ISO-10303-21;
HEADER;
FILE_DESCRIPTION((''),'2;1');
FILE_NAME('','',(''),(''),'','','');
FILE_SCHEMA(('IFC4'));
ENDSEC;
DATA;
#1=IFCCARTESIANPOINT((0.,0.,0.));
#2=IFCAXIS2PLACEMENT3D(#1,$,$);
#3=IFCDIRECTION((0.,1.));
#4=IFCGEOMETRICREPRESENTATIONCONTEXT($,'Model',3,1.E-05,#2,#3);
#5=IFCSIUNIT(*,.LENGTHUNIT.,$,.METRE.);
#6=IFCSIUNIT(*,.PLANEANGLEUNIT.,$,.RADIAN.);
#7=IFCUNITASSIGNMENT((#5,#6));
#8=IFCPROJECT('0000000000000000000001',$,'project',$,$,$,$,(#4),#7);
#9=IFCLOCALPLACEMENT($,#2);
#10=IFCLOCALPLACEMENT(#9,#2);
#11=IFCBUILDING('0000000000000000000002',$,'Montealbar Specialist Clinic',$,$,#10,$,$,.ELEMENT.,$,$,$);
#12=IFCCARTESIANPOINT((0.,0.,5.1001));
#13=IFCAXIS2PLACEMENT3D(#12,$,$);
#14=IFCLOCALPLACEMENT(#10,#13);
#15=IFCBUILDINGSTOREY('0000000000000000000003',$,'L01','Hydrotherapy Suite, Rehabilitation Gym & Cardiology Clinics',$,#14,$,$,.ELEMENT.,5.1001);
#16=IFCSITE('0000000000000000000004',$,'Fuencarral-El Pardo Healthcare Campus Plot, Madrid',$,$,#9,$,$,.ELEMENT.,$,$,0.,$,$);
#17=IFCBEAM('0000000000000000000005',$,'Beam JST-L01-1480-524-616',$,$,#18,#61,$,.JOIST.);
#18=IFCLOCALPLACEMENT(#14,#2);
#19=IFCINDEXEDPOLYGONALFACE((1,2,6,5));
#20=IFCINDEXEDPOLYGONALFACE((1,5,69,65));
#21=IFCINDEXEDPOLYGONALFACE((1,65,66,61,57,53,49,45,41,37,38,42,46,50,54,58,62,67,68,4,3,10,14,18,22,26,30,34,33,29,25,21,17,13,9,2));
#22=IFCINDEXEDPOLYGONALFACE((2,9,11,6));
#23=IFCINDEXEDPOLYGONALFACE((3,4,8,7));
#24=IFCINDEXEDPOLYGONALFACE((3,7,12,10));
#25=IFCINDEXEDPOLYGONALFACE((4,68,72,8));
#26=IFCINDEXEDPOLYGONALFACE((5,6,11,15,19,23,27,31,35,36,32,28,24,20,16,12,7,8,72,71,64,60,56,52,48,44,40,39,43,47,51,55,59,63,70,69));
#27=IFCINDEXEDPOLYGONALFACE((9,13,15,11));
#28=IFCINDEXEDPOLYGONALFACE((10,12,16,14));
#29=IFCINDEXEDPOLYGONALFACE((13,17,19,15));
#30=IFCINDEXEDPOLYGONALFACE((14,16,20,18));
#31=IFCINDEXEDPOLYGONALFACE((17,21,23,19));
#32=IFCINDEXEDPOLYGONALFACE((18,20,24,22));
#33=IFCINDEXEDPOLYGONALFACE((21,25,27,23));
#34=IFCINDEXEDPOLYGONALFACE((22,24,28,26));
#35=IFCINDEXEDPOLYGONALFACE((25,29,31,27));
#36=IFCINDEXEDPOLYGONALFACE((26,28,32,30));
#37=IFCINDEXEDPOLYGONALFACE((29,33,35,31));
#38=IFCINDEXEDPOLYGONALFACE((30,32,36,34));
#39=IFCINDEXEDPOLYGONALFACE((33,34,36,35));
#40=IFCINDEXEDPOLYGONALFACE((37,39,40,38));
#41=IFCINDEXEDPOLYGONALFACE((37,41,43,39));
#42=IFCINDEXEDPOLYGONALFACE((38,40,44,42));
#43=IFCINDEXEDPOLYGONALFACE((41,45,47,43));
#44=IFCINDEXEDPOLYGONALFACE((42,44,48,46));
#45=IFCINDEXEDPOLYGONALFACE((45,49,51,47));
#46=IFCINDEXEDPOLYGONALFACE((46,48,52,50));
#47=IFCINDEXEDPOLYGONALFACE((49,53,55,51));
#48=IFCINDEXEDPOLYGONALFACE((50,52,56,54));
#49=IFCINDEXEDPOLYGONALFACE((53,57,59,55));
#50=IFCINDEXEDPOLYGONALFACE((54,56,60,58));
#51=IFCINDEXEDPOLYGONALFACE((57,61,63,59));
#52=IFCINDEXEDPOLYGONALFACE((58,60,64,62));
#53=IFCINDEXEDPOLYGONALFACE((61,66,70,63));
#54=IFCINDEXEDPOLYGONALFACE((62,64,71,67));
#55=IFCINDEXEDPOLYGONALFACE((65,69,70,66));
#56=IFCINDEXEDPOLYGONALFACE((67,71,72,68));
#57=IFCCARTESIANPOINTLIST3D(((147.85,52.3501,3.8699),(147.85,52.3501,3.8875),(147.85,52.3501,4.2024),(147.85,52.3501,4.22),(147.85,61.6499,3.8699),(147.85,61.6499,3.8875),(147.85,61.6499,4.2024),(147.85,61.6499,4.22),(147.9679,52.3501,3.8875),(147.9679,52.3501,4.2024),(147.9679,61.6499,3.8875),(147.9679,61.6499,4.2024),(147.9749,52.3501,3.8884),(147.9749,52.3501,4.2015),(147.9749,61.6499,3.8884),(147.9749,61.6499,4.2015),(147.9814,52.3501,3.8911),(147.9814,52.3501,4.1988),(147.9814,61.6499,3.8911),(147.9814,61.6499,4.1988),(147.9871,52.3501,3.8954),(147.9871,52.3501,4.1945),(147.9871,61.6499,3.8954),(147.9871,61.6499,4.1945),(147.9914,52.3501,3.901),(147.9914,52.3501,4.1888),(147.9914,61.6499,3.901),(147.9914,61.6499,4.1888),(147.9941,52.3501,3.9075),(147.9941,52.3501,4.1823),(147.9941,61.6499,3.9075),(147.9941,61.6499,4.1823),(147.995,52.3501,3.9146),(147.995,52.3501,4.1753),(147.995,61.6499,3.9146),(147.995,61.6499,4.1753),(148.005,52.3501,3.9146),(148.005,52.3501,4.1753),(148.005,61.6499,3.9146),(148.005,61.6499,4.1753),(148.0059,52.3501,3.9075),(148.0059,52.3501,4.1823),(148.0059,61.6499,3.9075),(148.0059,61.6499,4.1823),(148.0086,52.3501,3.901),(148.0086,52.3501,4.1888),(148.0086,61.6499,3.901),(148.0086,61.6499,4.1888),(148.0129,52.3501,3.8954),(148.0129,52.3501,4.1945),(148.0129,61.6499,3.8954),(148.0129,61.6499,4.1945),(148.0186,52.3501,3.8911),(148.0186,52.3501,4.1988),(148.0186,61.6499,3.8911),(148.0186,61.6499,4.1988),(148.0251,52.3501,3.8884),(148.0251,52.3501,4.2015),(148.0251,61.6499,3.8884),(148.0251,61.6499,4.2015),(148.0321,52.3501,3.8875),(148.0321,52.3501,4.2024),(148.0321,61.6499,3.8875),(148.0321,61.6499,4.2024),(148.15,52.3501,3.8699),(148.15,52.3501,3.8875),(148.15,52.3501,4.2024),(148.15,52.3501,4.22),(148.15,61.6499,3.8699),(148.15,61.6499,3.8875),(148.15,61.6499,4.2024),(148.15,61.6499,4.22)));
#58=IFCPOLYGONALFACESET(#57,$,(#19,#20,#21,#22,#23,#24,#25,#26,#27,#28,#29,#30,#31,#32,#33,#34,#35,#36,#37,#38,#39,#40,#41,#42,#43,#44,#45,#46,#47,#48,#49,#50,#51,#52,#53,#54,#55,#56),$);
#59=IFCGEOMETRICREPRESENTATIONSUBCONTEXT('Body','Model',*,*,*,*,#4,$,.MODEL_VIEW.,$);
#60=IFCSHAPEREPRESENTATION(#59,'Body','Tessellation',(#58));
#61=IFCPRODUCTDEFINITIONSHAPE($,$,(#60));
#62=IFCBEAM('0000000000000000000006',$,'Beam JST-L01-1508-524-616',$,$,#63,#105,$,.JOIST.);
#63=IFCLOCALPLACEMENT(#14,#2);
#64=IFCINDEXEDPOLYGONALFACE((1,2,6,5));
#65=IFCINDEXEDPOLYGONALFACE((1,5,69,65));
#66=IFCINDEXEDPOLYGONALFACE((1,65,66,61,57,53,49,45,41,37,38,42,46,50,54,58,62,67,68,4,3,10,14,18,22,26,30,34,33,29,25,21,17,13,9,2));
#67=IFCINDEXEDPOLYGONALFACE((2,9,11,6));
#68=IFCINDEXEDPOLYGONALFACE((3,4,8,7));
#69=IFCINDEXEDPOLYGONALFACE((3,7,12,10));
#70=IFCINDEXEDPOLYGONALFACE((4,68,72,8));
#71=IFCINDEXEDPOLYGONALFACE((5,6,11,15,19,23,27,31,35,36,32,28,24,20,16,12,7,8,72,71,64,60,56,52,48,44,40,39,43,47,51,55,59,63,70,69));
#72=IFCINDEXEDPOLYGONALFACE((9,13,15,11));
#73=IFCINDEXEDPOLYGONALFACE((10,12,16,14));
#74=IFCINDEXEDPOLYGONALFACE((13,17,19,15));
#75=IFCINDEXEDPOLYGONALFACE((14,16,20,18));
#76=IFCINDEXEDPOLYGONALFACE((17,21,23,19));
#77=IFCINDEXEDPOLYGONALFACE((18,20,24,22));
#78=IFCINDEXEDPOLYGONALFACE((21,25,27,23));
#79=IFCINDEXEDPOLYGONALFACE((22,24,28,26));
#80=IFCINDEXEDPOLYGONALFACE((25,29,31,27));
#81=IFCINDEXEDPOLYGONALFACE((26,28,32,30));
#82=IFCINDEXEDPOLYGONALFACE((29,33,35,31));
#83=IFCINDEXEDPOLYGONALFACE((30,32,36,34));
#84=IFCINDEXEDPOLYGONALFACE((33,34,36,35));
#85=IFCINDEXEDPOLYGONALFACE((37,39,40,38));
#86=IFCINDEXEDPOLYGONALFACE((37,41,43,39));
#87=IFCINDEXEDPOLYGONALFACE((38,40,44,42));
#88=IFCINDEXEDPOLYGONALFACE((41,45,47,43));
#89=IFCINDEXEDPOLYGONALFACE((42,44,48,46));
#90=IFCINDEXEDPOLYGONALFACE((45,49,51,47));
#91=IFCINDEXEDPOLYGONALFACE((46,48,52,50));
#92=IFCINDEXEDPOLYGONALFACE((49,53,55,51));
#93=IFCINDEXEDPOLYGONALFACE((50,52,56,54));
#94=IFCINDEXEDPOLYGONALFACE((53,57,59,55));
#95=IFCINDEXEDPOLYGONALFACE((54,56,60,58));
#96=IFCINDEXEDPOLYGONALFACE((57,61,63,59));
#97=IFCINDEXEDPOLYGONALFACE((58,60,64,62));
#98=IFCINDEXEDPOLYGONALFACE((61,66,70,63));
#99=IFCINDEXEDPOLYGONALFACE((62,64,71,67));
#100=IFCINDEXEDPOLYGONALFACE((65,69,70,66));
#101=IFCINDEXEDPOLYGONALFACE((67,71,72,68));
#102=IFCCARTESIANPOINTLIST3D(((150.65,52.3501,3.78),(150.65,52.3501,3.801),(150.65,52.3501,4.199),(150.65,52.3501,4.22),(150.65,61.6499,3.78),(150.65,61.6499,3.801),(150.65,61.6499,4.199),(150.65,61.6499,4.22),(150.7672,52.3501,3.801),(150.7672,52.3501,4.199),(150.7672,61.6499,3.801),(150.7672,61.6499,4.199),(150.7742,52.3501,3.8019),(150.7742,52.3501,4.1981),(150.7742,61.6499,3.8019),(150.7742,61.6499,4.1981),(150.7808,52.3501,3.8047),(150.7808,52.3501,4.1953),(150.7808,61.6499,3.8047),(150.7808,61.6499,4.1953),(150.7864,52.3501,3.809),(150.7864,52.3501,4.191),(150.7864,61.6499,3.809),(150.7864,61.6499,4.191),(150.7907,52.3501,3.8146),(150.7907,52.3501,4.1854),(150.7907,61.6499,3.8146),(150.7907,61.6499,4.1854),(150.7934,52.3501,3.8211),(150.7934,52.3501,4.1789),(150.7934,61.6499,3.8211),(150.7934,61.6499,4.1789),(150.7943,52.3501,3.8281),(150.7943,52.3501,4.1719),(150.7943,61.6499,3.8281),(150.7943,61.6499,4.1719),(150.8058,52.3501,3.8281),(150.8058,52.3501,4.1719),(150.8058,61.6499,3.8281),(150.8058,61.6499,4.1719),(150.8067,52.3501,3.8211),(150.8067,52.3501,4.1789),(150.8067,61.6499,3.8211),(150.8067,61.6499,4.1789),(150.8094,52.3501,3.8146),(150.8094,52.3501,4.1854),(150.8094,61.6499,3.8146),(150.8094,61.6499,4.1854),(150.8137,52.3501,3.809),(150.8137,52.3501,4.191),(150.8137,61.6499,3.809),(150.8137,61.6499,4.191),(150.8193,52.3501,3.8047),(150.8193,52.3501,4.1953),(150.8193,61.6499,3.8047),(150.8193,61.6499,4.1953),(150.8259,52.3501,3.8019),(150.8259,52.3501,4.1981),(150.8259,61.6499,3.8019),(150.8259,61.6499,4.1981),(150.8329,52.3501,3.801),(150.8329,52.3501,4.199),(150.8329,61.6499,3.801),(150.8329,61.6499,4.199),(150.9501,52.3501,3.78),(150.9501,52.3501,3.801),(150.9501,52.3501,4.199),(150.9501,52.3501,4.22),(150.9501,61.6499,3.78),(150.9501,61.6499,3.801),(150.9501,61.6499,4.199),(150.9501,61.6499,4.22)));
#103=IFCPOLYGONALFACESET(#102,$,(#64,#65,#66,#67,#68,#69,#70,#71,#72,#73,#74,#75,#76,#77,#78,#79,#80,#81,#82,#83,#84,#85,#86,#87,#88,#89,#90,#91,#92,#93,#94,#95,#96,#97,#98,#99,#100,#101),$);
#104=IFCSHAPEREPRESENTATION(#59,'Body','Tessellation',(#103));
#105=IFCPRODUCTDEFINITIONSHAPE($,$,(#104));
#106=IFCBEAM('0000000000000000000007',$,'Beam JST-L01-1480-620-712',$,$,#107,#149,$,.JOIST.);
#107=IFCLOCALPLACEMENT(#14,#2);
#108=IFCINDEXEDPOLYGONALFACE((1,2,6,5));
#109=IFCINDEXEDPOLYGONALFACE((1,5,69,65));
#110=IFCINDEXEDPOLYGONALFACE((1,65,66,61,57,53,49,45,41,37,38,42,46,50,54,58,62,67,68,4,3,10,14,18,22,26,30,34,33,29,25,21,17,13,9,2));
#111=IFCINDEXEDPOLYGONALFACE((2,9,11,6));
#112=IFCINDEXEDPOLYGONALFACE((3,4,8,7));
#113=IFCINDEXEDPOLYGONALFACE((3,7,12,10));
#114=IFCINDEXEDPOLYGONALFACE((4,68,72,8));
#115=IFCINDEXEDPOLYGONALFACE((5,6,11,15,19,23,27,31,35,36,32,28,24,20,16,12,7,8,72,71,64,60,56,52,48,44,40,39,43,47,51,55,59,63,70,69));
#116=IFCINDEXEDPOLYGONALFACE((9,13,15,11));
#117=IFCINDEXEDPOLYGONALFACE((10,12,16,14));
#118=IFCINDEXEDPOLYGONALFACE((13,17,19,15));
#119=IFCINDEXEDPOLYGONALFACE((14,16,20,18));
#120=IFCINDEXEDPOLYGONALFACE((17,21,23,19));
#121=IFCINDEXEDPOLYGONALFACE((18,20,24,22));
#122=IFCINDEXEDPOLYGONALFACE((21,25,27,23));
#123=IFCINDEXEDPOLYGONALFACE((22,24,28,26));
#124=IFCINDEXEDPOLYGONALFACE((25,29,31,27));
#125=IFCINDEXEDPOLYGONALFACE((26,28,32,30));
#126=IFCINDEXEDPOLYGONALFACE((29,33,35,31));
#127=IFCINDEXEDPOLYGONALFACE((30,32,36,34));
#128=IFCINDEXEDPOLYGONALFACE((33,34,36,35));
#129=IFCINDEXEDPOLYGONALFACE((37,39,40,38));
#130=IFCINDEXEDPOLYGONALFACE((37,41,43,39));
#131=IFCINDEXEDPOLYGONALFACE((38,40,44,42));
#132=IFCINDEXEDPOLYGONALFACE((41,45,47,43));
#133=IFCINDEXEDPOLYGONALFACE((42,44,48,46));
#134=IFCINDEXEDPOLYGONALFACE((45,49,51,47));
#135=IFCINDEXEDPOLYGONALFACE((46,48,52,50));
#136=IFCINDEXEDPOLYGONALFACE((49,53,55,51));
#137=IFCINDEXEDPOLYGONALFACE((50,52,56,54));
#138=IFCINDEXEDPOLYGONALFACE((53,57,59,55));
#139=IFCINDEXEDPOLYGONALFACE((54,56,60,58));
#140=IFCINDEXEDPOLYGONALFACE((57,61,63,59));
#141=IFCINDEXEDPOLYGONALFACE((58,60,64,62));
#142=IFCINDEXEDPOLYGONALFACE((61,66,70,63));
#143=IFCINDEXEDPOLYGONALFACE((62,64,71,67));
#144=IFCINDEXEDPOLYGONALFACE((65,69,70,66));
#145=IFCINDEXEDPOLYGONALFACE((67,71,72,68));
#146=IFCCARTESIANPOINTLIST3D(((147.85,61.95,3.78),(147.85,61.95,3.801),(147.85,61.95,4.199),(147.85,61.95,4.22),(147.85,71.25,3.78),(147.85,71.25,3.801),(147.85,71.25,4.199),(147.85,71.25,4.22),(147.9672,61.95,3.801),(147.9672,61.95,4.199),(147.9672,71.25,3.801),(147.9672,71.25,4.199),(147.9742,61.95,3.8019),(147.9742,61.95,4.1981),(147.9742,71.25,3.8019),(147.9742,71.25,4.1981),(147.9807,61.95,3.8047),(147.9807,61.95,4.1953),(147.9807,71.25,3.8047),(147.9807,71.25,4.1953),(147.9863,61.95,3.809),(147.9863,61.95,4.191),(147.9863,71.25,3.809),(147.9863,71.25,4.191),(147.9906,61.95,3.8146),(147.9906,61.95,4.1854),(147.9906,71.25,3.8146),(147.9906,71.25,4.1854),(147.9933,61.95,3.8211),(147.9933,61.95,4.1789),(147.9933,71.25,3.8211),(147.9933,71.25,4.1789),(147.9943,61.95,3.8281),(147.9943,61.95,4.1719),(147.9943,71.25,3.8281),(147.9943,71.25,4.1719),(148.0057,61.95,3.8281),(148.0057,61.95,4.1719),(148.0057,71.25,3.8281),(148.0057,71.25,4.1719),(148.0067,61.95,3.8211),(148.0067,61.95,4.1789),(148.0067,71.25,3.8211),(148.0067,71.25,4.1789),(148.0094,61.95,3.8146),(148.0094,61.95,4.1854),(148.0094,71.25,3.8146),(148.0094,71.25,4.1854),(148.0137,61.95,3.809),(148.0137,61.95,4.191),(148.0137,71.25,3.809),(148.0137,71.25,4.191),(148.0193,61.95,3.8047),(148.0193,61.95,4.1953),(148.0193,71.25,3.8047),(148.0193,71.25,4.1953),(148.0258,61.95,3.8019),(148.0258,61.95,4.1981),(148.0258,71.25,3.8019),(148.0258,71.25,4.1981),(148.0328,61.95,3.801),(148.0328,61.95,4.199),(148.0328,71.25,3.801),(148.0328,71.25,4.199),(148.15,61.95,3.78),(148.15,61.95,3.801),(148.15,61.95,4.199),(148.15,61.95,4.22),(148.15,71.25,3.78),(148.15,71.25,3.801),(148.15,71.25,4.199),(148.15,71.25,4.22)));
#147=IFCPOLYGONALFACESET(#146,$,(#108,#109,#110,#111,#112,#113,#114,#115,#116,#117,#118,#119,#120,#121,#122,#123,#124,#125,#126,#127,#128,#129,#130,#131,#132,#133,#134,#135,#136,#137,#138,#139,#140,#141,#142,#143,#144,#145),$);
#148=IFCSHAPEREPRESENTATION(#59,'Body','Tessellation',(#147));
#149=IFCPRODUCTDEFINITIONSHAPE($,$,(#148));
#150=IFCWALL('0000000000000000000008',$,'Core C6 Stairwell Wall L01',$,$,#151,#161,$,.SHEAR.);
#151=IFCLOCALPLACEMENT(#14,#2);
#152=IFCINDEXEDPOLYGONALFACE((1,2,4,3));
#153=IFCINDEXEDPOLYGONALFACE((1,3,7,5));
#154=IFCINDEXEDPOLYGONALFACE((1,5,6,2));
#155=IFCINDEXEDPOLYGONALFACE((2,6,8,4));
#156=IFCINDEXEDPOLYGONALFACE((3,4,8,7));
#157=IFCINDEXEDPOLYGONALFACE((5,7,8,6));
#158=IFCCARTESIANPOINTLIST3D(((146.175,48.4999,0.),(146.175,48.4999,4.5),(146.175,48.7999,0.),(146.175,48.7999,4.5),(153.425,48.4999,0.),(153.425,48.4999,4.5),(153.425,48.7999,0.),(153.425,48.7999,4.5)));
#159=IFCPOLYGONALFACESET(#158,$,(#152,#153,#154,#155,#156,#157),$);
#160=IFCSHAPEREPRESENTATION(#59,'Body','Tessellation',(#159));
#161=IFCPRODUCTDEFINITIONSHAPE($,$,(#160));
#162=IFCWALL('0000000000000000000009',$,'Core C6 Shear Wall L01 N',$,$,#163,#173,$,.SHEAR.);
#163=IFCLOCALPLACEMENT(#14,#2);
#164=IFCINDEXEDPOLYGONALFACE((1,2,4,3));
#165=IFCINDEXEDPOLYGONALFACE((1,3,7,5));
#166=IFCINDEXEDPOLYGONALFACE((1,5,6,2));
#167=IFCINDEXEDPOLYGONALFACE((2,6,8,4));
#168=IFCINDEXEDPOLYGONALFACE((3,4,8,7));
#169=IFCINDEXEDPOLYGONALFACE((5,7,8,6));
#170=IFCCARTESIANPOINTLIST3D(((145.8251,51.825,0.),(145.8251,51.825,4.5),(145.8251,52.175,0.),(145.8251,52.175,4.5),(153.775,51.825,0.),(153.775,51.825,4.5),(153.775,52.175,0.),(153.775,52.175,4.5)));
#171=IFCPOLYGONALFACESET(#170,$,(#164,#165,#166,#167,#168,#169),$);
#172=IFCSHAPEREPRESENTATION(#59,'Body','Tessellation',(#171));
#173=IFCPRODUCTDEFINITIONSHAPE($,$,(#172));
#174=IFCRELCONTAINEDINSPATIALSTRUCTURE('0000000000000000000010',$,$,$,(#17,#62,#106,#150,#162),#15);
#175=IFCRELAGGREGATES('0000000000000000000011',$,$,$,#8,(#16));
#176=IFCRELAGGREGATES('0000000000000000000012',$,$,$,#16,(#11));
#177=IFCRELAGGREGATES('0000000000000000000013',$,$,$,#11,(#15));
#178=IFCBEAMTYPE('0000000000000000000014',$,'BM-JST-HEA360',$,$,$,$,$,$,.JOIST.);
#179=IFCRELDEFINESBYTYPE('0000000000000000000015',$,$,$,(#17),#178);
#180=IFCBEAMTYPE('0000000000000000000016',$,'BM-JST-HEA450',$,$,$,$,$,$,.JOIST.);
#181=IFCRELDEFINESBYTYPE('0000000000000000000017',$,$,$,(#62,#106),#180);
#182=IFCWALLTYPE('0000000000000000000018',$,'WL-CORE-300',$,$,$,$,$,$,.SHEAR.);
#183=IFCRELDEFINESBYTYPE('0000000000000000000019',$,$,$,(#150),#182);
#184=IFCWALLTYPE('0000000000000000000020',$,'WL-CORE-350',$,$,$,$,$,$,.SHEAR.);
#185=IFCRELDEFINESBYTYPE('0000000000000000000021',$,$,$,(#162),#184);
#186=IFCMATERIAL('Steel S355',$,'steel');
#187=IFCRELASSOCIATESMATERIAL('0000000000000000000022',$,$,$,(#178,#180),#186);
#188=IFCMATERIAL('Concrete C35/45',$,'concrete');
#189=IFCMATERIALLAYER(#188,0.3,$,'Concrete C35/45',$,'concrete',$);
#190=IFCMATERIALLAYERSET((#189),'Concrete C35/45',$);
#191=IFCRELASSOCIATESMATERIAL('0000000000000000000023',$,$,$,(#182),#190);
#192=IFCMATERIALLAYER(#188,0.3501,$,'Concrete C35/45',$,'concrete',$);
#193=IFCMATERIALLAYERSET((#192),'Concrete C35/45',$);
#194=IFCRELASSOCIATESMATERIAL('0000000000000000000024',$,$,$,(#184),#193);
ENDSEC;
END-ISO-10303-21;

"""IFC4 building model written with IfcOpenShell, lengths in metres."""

from ifc_helpers import new_model, si_unit, direction, frame, frame_2d, origin, origin_2d, place, context, subcontext, project, spatial, rectangle, i_section, extrude, material, layer, layer_set, material_profile, profile_set, type_object, element, save


model = new_model("IFC4")

# Units and contexts
model_context = context("Model", 3, precision=1e-05, world=origin(), true_north=direction((0.0, 1.0)))
body_context = subcontext(model_context, "Body", "Model", "MODEL_VIEW")
ifc_project = project(units=[si_unit("LENGTHUNIT", "METRE"), si_unit("PLANEANGLEUNIT", "RADIAN")], contexts=[model_context])

# Site, building, storey
site_placement = place(None, origin())
site = spatial("IfcSite", under=ifc_project, at=site_placement, Name="Fuencarral-El Pardo Healthcare Campus Plot, Madrid", CompositionType="ELEMENT", RefElevation=0.0)
building_placement = place(site_placement, origin())
building = spatial("IfcBuilding", under=site, at=building_placement, Name="Montealbar Specialist Clinic", CompositionType="ELEMENT")
storey_placement = place(building_placement, frame((0.0, 0.0, 5.1001)))
storey = spatial("IfcBuildingStorey", under=building, at=storey_placement, Name="L01", Description="Hydrotherapy Suite, Rehabilitation Gym & Cardiology Clinics", CompositionType="ELEMENT", Elevation=5.1001)

# Shared definitions
ifc_material_1 = material(Name="Steel S355", Category="steel")

# Beams
ifc_material_profile_1 = material_profile(ifc_material_1, i_section(OverallWidth=0.3, OverallDepth=0.3501, WebThickness=0.01, FlangeThickness=0.0176, FilletRadius=0.0271, at=origin_2d()), Name="HEA 360", Category="steel")
ifc_profile_set_1 = profile_set([ifc_material_profile_1], Name="Steel S355")
beam_type_1 = type_object("IfcBeamType", Name="BM-JST-HEA360", PredefinedType="JOIST", material=ifc_profile_set_1)
beam_1_placement = place(storey_placement, frame((148.0, 52.3501, 4.0449), z_axis=(0.0, 1.0, 0.0), x_axis=(-1.0, 0.0, 0.0)))
element("IfcBeam", 1, at=beam_1_placement, inside=storey, type_object=beam_type_1, Name="Beam JST-L01-1480-524-616", PredefinedType="JOIST", context=body_context, shape_type="SweptSolid", body=[
    extrude(i_section(OverallWidth=0.3, OverallDepth=0.3501, WebThickness=0.01, FlangeThickness=0.0176, FilletRadius=0.0271, at=origin_2d()), origin(), (0.0, 0.0, 1.0), 9.2998),
])
ifc_material_profile_2 = material_profile(ifc_material_1, i_section(OverallWidth=0.3, OverallDepth=0.4399, WebThickness=0.0115, FlangeThickness=0.021, FilletRadius=0.0271, at=origin_2d()), Name="HEA 450", Category="steel")
ifc_profile_set_2 = profile_set([ifc_material_profile_2], Name="Steel S355")
beam_type_2 = type_object("IfcBeamType", Name="BM-JST-HEA450", PredefinedType="JOIST", material=ifc_profile_set_2)
beam_2_placement = place(storey_placement, frame((150.8, 52.3501, 4.0), z_axis=(0.0, 1.0, 0.0), x_axis=(-1.0, 0.0, 0.0)))
element("IfcBeam", 2, at=beam_2_placement, inside=storey, type_object=beam_type_2, Name="Beam JST-L01-1508-524-616", PredefinedType="JOIST", context=body_context, shape_type="SweptSolid", body=[
    extrude(i_section(OverallWidth=0.3, OverallDepth=0.4399, WebThickness=0.0115, FlangeThickness=0.021, FilletRadius=0.0271, at=origin_2d()), origin(), (0.0, 0.0, 1.0), 9.2998),
])
beam_3_placement = place(storey_placement, frame((148.0, 61.95, 4.0), z_axis=(0.0, 1.0, 0.0), x_axis=(-1.0, 0.0, 0.0)))
element("IfcBeam", 3, at=beam_3_placement, inside=storey, type_object=beam_type_2, Name="Beam JST-L01-1480-620-712", PredefinedType="JOIST", context=body_context, shape_type="SweptSolid", body=[
    extrude(i_section(OverallWidth=0.3, OverallDepth=0.4399, WebThickness=0.0115, FlangeThickness=0.021, FilletRadius=0.0271, at=origin_2d()), origin(), (0.0, 0.0, 1.0), 9.3),
])

# Wall
ifc_material_2 = material(Name="Concrete C35/45", Category="concrete")
ifc_layer_1 = layer(ifc_material_2, 0.3, Name="Concrete C35/45", Category="concrete")
ifc_layer_set_1 = layer_set([ifc_layer_1], Name="Concrete C35/45")
wall_type_1 = type_object("IfcWallType", Name="WL-CORE-300", PredefinedType="SHEAR", material=ifc_layer_set_1)
wall_1_placement = place(storey_placement, frame((146.175, 48.6499, 0.0), z_axis=(0.0, 0.0, 1.0), x_axis=(1.0, 0.0, 0.0)))
element("IfcWall", 4, at=wall_1_placement, inside=storey, type_object=wall_type_1, Name="Core C6 Stairwell Wall L01", PredefinedType="SHEAR", context=body_context, shape_type="SweptSolid", body=[
    extrude(rectangle(XDim=7.25, YDim=0.3, at=frame_2d((3.625, 0.0))), origin(), (0.0, 0.0, 1.0), 4.5),
])

# Wall
ifc_layer_2 = layer(ifc_material_2, 0.3501, Name="Concrete C35/45", Category="concrete")
ifc_layer_set_2 = layer_set([ifc_layer_2], Name="Concrete C35/45")
wall_type_2 = type_object("IfcWallType", Name="WL-CORE-350", PredefinedType="SHEAR", material=ifc_layer_set_2)
wall_2_placement = place(storey_placement, frame((145.825, 52.0, 0.0), z_axis=(0.0, 0.0, 1.0), x_axis=(1.0, 0.0, 0.0)))
element("IfcWall", 5, at=wall_2_placement, inside=storey, type_object=wall_type_2, Name="Core C6 Shear Wall L01 N", PredefinedType="SHEAR", context=body_context, shape_type="SweptSolid", body=[
    extrude(rectangle(XDim=7.95, YDim=0.3501, at=frame_2d((3.9751, 0.0))), origin(), (0.0, 0.0, 1.0), 4.5),
])

save(model, "model.ifc")
